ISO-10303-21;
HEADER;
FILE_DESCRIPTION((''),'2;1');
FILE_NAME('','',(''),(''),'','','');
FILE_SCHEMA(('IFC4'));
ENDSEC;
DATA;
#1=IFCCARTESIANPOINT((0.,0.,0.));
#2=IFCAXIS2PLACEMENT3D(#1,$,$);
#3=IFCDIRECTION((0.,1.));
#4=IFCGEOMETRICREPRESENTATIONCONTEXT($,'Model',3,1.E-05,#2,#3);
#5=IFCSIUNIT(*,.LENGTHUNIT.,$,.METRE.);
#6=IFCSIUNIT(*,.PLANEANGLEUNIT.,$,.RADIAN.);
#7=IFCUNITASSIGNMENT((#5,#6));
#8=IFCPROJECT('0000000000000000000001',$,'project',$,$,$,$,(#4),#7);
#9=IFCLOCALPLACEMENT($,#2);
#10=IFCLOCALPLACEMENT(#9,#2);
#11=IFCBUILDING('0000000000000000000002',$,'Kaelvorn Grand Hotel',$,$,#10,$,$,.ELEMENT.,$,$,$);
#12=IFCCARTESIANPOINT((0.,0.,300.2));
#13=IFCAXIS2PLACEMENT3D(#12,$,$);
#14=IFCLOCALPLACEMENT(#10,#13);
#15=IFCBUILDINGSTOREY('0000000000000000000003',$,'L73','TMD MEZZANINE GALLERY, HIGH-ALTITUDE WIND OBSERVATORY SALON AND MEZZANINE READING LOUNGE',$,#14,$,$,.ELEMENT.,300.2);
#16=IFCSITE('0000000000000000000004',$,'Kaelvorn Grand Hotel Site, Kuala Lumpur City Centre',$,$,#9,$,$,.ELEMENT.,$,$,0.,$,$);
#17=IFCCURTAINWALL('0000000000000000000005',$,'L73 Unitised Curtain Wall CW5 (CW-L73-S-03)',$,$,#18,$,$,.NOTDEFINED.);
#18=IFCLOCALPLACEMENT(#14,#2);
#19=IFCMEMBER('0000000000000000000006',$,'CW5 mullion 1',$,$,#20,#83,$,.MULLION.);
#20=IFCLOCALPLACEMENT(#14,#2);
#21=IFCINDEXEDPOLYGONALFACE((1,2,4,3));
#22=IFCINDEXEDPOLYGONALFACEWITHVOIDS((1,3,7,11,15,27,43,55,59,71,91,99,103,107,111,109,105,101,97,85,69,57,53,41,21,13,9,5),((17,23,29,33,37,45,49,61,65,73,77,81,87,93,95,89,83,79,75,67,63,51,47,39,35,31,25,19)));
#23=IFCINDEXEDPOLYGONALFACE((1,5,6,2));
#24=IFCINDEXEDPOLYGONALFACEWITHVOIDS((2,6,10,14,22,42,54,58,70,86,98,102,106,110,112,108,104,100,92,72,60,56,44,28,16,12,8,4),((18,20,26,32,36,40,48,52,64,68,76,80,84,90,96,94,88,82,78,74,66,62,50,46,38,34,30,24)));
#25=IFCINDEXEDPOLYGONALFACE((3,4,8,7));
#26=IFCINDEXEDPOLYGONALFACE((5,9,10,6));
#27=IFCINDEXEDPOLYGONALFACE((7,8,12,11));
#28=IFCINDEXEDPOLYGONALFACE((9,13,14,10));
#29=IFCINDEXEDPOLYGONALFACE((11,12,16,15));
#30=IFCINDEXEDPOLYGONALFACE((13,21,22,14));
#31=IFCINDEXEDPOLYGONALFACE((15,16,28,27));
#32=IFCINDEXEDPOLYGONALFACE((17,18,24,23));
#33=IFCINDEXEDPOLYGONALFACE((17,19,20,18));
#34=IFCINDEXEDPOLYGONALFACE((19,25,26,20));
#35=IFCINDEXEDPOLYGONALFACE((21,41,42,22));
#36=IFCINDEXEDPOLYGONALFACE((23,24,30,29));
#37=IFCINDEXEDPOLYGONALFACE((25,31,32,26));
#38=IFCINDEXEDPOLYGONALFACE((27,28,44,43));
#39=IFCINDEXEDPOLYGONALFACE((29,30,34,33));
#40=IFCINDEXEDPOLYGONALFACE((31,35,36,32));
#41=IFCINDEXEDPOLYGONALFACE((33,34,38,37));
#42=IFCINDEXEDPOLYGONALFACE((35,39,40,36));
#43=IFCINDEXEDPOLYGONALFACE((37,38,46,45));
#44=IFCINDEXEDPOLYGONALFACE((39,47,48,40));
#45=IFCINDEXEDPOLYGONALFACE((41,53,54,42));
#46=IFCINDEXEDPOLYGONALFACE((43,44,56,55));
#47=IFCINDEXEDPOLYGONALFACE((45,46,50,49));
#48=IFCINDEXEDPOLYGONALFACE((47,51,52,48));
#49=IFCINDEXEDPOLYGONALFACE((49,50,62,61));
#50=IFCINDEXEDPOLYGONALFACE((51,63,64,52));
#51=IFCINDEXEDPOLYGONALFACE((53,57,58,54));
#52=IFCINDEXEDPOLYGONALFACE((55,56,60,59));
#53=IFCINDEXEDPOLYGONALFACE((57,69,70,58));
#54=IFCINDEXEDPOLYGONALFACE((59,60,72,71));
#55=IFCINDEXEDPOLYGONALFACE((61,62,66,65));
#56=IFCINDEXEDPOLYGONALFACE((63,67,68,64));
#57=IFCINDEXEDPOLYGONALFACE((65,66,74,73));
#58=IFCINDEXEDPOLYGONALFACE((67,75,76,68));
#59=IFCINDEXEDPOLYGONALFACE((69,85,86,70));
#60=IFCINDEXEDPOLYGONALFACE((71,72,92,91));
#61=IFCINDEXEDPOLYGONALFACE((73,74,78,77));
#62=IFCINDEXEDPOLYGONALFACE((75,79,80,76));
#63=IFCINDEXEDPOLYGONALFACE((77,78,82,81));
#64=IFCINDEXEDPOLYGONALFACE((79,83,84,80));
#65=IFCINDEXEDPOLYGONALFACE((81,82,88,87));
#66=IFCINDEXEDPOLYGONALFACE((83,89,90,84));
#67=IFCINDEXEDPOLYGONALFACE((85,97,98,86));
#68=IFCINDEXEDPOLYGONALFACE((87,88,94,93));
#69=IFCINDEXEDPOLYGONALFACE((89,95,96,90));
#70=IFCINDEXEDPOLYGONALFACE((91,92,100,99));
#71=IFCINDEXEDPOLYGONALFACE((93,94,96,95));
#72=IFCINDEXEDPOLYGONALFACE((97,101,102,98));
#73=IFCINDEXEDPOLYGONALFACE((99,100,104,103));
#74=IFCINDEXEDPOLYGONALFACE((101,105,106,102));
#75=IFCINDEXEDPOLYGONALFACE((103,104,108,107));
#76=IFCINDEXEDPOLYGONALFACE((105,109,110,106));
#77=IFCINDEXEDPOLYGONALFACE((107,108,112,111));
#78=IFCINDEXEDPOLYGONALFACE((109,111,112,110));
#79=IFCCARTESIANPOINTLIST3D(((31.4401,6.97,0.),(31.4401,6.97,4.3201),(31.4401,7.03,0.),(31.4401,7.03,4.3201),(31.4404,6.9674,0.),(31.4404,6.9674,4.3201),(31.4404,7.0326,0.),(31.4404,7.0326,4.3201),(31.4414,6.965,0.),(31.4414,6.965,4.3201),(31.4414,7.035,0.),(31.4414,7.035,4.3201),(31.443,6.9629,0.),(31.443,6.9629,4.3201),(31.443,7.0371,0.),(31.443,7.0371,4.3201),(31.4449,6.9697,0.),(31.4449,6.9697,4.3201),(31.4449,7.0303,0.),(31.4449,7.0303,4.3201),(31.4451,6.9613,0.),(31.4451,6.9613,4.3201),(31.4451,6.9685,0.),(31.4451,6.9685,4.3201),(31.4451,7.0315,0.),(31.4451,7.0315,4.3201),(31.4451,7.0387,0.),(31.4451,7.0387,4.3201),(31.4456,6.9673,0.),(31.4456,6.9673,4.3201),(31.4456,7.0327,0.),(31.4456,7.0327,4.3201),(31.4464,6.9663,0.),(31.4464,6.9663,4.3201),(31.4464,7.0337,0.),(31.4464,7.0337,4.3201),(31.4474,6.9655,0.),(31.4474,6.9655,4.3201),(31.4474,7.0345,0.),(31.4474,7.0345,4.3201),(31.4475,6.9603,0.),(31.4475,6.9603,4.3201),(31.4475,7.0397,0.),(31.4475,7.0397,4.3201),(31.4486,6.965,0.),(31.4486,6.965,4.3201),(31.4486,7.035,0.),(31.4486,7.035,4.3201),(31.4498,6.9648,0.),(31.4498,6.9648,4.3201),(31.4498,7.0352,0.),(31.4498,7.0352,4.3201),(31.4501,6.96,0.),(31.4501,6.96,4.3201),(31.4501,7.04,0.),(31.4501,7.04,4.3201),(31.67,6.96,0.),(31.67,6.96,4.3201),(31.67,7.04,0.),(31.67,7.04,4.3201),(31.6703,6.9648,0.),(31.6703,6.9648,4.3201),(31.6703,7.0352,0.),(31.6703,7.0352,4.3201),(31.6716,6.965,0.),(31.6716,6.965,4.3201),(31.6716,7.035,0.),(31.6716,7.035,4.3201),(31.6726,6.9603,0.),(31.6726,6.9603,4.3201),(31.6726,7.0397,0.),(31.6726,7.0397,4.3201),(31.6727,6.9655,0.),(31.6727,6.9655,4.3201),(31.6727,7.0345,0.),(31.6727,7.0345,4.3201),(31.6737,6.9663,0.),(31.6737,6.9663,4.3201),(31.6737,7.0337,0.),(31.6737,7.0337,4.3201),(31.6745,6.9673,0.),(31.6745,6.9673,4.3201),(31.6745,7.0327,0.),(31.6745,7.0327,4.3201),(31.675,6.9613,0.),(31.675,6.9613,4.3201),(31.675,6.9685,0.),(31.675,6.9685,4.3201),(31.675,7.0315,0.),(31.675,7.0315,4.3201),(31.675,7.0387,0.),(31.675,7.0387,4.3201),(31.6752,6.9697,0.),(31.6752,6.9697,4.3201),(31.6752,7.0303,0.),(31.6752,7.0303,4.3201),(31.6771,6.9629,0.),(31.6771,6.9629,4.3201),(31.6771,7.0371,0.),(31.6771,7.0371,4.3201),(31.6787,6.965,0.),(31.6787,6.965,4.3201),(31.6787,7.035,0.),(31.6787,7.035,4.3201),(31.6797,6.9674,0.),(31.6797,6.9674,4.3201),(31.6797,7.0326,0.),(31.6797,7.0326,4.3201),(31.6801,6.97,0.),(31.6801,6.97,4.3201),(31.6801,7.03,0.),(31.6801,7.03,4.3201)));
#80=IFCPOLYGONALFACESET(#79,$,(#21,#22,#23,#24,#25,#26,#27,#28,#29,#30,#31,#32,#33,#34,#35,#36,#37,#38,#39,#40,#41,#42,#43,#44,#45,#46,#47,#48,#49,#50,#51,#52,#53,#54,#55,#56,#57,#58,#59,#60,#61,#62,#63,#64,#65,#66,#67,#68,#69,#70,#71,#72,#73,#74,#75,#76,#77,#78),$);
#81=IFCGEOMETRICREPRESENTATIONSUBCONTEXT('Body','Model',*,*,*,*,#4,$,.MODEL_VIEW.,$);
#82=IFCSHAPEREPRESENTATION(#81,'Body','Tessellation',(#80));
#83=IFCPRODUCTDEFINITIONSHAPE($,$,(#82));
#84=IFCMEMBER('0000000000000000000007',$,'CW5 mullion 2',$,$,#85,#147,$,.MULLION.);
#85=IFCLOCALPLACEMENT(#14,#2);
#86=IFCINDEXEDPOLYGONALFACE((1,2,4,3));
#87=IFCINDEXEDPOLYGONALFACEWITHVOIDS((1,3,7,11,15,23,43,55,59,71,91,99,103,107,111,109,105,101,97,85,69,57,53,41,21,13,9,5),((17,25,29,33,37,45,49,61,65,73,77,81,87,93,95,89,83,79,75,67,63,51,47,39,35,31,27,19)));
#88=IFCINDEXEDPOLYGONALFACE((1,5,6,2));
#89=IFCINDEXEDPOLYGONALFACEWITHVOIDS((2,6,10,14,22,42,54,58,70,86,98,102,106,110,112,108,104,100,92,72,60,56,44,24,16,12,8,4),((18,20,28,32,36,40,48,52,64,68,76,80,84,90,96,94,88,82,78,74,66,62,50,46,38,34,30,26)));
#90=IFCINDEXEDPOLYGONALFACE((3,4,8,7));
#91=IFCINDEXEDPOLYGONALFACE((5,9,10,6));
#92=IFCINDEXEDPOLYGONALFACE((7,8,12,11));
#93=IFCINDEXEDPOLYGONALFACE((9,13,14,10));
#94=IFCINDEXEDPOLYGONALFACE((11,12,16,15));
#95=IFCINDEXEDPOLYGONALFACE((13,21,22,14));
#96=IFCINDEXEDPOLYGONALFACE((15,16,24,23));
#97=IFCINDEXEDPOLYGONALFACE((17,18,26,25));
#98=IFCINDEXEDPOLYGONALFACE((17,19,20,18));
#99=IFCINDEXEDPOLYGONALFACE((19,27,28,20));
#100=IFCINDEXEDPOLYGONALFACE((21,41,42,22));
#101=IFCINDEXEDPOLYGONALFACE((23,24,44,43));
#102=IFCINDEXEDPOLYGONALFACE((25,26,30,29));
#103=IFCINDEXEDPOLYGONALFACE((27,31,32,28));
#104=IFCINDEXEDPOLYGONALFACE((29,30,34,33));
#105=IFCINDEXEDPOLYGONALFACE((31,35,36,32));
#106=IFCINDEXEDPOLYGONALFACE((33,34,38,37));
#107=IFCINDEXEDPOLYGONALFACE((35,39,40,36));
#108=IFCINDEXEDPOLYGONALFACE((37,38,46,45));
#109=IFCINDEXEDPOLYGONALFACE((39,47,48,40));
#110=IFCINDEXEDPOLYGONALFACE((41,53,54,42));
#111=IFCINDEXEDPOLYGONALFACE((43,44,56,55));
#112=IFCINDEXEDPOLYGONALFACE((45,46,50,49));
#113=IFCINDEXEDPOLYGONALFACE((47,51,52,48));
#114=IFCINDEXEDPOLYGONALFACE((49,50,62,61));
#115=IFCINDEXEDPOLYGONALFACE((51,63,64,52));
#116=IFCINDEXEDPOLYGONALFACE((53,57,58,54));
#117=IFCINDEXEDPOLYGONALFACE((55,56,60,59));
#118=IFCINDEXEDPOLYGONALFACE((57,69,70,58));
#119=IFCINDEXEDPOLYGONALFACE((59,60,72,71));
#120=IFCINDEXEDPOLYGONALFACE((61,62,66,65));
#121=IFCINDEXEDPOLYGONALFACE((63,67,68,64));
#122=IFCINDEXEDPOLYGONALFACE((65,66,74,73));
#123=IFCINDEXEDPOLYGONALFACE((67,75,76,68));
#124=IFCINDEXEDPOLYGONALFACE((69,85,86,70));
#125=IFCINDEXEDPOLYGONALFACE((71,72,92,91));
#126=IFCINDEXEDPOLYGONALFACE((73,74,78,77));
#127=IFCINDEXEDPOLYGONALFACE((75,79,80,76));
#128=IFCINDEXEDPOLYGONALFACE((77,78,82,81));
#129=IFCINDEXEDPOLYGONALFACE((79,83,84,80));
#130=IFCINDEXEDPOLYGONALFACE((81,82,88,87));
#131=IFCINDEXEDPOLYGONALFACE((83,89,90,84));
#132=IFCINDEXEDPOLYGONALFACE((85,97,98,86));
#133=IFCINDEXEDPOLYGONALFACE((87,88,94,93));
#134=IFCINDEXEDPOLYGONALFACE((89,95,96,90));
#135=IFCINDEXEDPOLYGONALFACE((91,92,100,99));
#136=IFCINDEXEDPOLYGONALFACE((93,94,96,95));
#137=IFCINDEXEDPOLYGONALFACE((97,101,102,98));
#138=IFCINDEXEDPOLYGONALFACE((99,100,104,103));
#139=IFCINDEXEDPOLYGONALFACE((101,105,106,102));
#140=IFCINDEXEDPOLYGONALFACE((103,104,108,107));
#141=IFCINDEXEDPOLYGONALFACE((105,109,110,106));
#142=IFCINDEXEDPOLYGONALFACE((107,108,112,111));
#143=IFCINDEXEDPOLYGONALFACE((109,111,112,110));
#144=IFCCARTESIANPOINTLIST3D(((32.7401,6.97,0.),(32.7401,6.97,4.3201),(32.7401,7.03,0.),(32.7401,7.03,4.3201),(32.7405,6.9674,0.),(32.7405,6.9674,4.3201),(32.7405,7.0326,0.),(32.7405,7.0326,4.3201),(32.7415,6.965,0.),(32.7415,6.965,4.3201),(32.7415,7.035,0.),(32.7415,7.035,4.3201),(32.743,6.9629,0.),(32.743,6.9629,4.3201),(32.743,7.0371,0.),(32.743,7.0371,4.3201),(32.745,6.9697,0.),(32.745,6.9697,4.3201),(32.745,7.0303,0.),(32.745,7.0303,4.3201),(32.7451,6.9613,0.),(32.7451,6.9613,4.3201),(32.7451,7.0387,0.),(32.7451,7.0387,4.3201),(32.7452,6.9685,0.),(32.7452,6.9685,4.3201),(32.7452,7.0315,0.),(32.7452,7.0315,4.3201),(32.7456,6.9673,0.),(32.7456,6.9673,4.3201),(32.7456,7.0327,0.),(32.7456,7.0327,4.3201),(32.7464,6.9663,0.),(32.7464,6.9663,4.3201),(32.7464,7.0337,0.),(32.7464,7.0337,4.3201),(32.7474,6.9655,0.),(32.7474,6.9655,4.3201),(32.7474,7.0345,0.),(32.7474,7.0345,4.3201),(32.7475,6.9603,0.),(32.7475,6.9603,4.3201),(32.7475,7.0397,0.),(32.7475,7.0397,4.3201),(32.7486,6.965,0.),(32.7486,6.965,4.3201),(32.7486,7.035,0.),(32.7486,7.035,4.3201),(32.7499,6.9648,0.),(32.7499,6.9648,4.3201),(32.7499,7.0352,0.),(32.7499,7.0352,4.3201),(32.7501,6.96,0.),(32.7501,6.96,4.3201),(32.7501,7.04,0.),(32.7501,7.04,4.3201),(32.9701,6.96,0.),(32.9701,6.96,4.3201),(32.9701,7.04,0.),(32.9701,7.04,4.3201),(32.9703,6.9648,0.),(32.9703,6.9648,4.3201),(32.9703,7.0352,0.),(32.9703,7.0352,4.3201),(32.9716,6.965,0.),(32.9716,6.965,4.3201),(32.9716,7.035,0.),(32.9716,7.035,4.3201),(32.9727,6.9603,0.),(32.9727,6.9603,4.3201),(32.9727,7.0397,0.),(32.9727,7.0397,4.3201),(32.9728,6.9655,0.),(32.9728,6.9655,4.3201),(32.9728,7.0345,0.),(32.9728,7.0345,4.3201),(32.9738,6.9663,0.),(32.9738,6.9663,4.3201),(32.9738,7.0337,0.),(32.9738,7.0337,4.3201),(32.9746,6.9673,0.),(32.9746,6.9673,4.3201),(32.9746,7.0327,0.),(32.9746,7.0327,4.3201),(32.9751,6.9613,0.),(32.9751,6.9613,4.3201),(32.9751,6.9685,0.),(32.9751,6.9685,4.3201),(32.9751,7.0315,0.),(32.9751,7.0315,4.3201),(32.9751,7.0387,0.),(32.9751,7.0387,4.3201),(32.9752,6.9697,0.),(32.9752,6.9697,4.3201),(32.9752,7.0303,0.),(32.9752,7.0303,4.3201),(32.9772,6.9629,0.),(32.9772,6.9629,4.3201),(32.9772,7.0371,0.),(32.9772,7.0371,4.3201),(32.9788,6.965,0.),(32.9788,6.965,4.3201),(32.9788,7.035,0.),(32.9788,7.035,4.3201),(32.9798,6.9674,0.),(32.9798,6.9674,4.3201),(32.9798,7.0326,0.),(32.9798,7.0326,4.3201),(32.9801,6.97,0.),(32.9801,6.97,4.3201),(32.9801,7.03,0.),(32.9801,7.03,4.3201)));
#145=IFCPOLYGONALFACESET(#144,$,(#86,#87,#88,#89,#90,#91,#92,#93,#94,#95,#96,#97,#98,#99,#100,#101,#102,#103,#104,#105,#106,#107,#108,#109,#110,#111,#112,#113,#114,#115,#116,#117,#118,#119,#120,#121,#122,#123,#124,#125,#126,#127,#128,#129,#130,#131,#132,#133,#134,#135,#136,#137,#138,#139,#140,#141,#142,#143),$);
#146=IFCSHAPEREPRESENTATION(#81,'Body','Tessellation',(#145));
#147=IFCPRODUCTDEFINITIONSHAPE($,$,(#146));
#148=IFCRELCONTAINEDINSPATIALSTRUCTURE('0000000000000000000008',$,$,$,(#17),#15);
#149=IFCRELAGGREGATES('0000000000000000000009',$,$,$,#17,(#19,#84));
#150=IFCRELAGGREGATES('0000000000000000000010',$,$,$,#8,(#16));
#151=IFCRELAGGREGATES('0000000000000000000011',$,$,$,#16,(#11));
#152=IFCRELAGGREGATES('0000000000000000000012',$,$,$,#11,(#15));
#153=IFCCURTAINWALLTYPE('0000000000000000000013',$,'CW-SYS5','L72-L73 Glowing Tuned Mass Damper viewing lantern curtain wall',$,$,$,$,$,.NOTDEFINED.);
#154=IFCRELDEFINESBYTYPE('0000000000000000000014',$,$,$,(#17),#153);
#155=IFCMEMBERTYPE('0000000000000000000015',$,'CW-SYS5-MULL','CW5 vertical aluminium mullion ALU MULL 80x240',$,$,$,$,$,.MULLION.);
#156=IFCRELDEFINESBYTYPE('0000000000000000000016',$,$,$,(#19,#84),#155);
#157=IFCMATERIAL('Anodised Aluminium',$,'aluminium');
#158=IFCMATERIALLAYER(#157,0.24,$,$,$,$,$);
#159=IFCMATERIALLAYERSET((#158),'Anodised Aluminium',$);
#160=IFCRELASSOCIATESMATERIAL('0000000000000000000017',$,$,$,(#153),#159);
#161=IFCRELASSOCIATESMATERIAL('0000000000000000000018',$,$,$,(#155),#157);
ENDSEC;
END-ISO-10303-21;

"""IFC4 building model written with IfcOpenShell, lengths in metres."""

from ifc_helpers import new_model, si_unit, direction, frame, origin, origin_2d, place, context, subcontext, project, spatial, hollow_rectangle, extrude, material, layer, layer_set, material_profile, profile_set, type_object, element, aggregate, save


model = new_model("IFC4")

# Units and contexts
model_context = context("Model", 3, precision=1e-05, world=origin(), true_north=direction((0.0, 1.0)))
body_context = subcontext(model_context, "Body", "Model", "MODEL_VIEW")
ifc_project = project(units=[si_unit("LENGTHUNIT", "METRE"), si_unit("PLANEANGLEUNIT", "RADIAN")], contexts=[model_context])

# Site, building, storey
site_placement = place(None, origin())
site = spatial("IfcSite", under=ifc_project, at=site_placement, Name="Kaelvorn Grand Hotel Site, Kuala Lumpur City Centre", CompositionType="ELEMENT", RefElevation=0.0)
building_placement = place(site_placement, origin())
building = spatial("IfcBuilding", under=site, at=building_placement, Name="Kaelvorn Grand Hotel", CompositionType="ELEMENT")
storey_placement = place(building_placement, frame((0.0, 0.0, 300.2)))
storey = spatial("IfcBuildingStorey", under=building, at=storey_placement, Name="L73", Description="TMD MEZZANINE GALLERY, HIGH-ALTITUDE WIND OBSERVATORY SALON AND MEZZANINE READING LOUNGE", CompositionType="ELEMENT", Elevation=300.2)

# Curtain wall, members
ifc_material_1 = material(Name="Anodised Aluminium", Category="aluminium")
ifc_layer_1 = layer(ifc_material_1, 0.24)
ifc_layer_set_1 = layer_set([ifc_layer_1], Name="Anodised Aluminium")
curtain_wall_type = type_object("IfcCurtainWallType", Name="CW-SYS5", Description="L72-L73 Glowing Tuned Mass Damper viewing lantern curtain wall", PredefinedType="NOTDEFINED", material=ifc_layer_set_1)
ifc_material_profile_1 = material_profile(ifc_material_1, hollow_rectangle(XDim=0.0801, YDim=0.24, WallThickness=0.0049, InnerFilletRadius=0.0049, OuterFilletRadius=0.01, at=origin_2d()), Name="ALU MULL 80x240")
ifc_profile_set_1 = profile_set([ifc_material_profile_1], Name="Anodised Aluminium")
member_type_1 = type_object("IfcMemberType", Name="CW-SYS5-MULL", Description="CW5 vertical aluminium mullion ALU MULL 80x240", PredefinedType="MULLION", material=ifc_profile_set_1)
curtain_wall_1_placement = place(storey_placement, origin())
curtain_wall_1 = element("IfcCurtainWall", 1, at=curtain_wall_1_placement, inside=storey, type_object=curtain_wall_type, Name="L73 Unitised Curtain Wall CW5 (CW-L73-S-03)", PredefinedType="NOTDEFINED")
member_1_placement = place(storey_placement, frame((31.5601, 7.0, 0.0), z_axis=(0.0, 0.0, 1.0), x_axis=(0.0, 1.0, 0.0)))
member_1 = element("IfcMember", 2, at=member_1_placement, type_object=member_type_1, Name="CW5 mullion 1", PredefinedType="MULLION", context=body_context, shape_type="SweptSolid", body=[
    extrude(hollow_rectangle(XDim=0.0801, YDim=0.24, WallThickness=0.0049, InnerFilletRadius=0.0049, OuterFilletRadius=0.01, at=origin_2d()), origin(), (0.0, 0.0, 1.0), 4.3201),
])
member_2_placement = place(storey_placement, frame((32.8601, 7.0, 0.0), z_axis=(0.0, 0.0, 1.0), x_axis=(0.0, 1.0, 0.0)))
member_2 = element("IfcMember", 3, at=member_2_placement, type_object=member_type_1, Name="CW5 mullion 2", PredefinedType="MULLION", context=body_context, shape_type="SweptSolid", body=[
    extrude(hollow_rectangle(XDim=0.0801, YDim=0.24, WallThickness=0.0049, InnerFilletRadius=0.0049, OuterFilletRadius=0.01, at=origin_2d()), origin(), (0.0, 0.0, 1.0), 4.3201),
])

aggregate(curtain_wall_1, [member_1, member_2])

save(model, "model.ifc")
